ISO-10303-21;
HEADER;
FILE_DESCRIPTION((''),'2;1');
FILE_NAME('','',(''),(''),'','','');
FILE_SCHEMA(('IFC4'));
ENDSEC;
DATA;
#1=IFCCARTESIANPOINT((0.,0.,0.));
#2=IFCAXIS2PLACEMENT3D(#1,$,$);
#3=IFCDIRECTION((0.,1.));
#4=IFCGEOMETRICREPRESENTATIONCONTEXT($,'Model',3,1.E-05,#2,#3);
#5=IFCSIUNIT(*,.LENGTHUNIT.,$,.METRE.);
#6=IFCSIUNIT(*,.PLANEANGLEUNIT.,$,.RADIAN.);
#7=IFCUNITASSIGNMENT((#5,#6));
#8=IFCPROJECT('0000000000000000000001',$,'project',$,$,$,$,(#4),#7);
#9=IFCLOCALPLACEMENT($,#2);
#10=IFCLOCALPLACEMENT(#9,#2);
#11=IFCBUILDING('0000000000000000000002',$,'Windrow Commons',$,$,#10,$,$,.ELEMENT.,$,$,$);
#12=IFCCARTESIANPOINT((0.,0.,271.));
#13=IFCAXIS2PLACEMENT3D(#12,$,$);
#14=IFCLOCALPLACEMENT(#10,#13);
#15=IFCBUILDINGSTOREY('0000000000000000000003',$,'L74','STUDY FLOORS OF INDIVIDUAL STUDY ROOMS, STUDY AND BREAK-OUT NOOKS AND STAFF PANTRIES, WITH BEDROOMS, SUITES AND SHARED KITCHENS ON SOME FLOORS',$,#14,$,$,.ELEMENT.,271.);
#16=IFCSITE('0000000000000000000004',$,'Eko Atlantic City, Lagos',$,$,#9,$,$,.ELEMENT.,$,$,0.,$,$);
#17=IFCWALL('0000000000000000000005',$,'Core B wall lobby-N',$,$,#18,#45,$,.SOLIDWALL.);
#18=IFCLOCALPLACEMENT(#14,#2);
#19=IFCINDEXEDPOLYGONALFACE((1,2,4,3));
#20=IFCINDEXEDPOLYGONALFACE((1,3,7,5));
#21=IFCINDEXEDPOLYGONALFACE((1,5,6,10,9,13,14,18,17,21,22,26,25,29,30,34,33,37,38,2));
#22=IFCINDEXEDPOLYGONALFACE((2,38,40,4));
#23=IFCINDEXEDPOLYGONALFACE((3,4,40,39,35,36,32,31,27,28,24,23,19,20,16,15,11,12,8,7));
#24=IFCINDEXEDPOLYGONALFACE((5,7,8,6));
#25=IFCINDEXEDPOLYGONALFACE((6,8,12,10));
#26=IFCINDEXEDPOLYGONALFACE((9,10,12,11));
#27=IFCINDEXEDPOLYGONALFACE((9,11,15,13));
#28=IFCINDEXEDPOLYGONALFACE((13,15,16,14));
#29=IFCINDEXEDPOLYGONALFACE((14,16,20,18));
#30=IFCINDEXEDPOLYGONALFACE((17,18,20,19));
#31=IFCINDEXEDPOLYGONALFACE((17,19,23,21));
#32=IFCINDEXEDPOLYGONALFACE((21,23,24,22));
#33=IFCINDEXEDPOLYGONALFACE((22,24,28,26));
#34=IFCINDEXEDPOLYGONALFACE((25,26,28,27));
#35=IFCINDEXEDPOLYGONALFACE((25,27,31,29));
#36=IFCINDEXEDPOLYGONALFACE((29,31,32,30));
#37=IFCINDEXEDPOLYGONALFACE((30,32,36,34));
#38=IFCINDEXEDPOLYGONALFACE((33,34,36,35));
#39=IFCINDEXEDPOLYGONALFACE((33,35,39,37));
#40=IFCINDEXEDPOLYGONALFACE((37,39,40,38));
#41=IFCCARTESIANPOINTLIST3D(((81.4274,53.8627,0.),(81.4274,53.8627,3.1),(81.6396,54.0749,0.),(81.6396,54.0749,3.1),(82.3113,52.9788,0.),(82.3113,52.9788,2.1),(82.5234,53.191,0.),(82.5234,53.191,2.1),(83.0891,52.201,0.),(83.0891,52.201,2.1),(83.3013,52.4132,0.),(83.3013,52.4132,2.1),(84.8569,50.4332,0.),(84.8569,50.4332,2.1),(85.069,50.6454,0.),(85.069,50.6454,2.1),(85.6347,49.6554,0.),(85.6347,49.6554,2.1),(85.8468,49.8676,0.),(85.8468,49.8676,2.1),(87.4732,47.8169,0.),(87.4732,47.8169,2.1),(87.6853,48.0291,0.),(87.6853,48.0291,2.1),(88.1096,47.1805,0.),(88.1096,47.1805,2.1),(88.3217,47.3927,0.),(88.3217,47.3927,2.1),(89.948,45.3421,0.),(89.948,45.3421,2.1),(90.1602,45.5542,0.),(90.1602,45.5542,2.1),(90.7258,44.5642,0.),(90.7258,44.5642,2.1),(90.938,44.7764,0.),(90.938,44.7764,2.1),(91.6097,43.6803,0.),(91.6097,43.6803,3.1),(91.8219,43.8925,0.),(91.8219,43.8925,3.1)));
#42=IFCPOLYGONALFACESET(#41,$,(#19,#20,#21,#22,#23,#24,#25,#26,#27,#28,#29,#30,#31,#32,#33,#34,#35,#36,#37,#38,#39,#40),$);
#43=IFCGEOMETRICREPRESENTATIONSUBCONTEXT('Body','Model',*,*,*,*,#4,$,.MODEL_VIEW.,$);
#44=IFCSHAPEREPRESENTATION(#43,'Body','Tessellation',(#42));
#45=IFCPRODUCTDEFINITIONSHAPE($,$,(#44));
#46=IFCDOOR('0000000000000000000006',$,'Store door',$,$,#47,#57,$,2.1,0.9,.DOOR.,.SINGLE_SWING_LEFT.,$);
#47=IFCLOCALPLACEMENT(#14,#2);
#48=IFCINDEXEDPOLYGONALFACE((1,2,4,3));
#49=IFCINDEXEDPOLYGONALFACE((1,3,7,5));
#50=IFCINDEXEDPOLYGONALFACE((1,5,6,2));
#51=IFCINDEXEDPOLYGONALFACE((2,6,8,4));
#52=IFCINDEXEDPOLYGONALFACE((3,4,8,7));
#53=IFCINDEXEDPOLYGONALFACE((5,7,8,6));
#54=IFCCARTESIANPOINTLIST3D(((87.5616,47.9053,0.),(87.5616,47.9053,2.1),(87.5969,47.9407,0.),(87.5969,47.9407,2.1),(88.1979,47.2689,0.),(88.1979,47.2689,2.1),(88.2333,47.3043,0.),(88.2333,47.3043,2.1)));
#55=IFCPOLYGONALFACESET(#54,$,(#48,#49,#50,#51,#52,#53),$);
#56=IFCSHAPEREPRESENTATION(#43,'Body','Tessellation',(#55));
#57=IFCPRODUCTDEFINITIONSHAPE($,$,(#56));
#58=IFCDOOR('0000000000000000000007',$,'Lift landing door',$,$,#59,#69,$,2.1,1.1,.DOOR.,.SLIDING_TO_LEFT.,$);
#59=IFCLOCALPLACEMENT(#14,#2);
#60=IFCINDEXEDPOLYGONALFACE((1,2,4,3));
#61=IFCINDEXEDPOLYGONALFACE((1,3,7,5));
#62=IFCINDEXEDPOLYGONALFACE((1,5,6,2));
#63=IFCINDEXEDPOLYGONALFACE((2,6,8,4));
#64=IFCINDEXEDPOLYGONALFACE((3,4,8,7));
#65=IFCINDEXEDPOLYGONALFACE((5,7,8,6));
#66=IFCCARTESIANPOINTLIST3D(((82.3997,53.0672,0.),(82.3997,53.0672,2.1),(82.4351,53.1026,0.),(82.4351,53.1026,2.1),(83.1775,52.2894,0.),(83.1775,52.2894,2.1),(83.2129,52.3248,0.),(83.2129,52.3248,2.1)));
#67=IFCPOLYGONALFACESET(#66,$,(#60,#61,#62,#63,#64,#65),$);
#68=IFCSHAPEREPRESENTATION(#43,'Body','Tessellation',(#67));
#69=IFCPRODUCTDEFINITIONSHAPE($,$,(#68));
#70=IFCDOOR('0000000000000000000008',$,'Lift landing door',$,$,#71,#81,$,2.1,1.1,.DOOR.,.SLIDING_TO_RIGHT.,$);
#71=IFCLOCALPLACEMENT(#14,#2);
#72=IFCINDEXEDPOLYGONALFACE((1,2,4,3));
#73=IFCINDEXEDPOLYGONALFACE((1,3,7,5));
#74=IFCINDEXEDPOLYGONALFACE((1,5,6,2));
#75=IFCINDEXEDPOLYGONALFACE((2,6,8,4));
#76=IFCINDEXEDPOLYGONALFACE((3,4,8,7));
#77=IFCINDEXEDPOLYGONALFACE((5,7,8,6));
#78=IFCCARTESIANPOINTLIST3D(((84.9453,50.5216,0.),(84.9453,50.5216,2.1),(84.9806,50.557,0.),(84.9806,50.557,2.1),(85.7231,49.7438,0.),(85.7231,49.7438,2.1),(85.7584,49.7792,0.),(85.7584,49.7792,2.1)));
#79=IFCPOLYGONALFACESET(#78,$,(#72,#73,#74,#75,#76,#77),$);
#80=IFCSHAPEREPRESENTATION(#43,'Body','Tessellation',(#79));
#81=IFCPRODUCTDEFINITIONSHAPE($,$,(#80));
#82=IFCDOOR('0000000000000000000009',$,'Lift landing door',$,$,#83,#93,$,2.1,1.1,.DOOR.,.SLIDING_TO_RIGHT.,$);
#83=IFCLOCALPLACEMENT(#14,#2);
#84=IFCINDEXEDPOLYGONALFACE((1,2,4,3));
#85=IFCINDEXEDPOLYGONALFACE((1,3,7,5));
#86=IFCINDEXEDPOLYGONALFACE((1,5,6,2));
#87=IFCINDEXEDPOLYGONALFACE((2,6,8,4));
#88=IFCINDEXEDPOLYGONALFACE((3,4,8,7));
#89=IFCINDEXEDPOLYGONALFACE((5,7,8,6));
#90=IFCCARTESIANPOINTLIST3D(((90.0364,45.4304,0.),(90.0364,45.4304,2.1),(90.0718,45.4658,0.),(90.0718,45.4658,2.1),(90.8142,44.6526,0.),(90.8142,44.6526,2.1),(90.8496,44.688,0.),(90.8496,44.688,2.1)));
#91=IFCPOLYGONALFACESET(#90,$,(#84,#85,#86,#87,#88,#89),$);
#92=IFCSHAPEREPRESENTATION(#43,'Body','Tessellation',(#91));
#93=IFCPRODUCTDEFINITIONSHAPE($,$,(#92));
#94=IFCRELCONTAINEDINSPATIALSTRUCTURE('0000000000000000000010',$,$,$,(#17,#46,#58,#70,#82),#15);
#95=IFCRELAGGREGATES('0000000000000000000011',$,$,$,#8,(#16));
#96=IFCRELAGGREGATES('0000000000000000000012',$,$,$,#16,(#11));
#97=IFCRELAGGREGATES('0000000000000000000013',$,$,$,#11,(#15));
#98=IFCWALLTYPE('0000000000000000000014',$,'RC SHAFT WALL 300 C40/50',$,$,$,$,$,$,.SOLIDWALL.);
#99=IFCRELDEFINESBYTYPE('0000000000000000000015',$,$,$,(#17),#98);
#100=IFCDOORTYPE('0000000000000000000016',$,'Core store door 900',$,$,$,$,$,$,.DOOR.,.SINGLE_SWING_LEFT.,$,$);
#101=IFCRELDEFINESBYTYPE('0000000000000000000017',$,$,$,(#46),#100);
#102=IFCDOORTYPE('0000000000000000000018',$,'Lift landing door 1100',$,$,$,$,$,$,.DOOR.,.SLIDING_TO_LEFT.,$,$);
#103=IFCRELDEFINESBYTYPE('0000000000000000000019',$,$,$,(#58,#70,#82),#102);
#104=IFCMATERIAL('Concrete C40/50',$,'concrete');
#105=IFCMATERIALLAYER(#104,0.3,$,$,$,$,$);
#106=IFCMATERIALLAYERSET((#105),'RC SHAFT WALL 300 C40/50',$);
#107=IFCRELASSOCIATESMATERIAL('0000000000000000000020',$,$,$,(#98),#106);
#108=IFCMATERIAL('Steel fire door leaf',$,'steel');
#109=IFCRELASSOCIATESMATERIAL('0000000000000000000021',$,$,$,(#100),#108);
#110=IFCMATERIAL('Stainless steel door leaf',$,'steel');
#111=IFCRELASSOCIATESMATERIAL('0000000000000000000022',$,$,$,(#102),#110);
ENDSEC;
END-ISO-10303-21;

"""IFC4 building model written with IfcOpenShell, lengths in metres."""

from ifc_helpers import new_model, si_unit, direction, frame, frame_2d, origin, place, context, subcontext, project, spatial, rectangle, extrude, material, layer, layer_set, type_object, element, fill, save


model = new_model("IFC4")

# Units and contexts
model_context = context("Model", 3, precision=1e-05, world=origin(), true_north=direction((0.0, 1.0)))
body_context = subcontext(model_context, "Body", "Model", "MODEL_VIEW")
ifc_project = project(units=[si_unit("LENGTHUNIT", "METRE"), si_unit("PLANEANGLEUNIT", "RADIAN")], contexts=[model_context])

# Site, building, storey
site_placement = place(None, origin())
site = spatial("IfcSite", under=ifc_project, at=site_placement, Name="Eko Atlantic City, Lagos", CompositionType="ELEMENT", RefElevation=0.0)
building_placement = place(site_placement, origin())
building = spatial("IfcBuilding", under=site, at=building_placement, Name="Windrow Commons", CompositionType="ELEMENT")
storey_placement = place(building_placement, frame((0.0, 0.0, 271.0)))
storey = spatial("IfcBuildingStorey", under=building, at=storey_placement, Name="L74", Description="STUDY FLOORS OF INDIVIDUAL STUDY ROOMS, STUDY AND BREAK-OUT NOOKS AND STAFF PANTRIES, WITH BEDROOMS, SUITES AND SHARED KITCHENS ON SOME FLOORS", CompositionType="ELEMENT", Elevation=271.0)

# Wall, openings, doors
ifc_material_1 = material(Name="Concrete C40/50", Category="concrete")
ifc_layer_1 = layer(ifc_material_1, 0.3)
ifc_layer_set_1 = layer_set([ifc_layer_1], Name="RC SHAFT WALL 300 C40/50")
wall_type_1 = type_object("IfcWallType", Name="RC SHAFT WALL 300 C40/50", PredefinedType="SOLIDWALL", material=ifc_layer_set_1)
wall_1_placement = place(storey_placement, frame((81.5335, 53.9688, 0.0), z_axis=(0.0, 0.0, 1.0), x_axis=(0.707103, -0.70711, 0.0)))
wall_1 = element("IfcWall", 1, at=wall_1_placement, inside=storey, type_object=wall_type_1, Name="Core B wall lobby-N", PredefinedType="SOLIDWALL", context=body_context, shape_type="SweptSolid", body=[
    extrude(rectangle(XDim=14.4, YDim=0.3, at=frame_2d((7.2, 0.0))), origin(), (0.0, 0.0, 1.0), 3.1),
])
opening_1_placement = place(wall_1_placement, frame((8.55, 0.0, 0.0)))
opening_1 = element("IfcOpeningElement", 2, at=opening_1_placement, cuts=wall_1, PredefinedType="OPENING", context=body_context, shape_type="SweptSolid", body=[
    extrude(rectangle(XDim=0.9, YDim=2.1, at=frame_2d((0.45, 1.05))), frame((0.0, 0.16, 0.0), z_axis=(0.0, -1.0, 0.0), x_axis=(1.0, 0.0, 0.0)), (0.0, 0.0, 1.0), 0.32),
])
opening_2_placement = place(wall_1_placement, frame((1.25, 0.0, 0.0)))
opening_2 = element("IfcOpeningElement", 3, at=opening_2_placement, cuts=wall_1, PredefinedType="OPENING", context=body_context, shape_type="SweptSolid", body=[
    extrude(rectangle(XDim=1.1, YDim=2.1, at=frame_2d((0.55, 1.05))), frame((0.0, 0.16, 0.0), z_axis=(0.0, -1.0, 0.0), x_axis=(1.0, 0.0, 0.0)), (0.0, 0.0, 1.0), 0.32),
])
opening_3_placement = place(wall_1_placement, frame((4.85, 0.0, 0.0)))
opening_3 = element("IfcOpeningElement", 4, at=opening_3_placement, cuts=wall_1, PredefinedType="OPENING", context=body_context, shape_type="SweptSolid", body=[
    extrude(rectangle(XDim=1.1, YDim=2.1, at=frame_2d((0.55, 1.05))), frame((0.0, 0.16, 0.0), z_axis=(0.0, -1.0, 0.0), x_axis=(1.0, 0.0, 0.0)), (0.0, 0.0, 1.0), 0.32),
])
opening_4_placement = place(wall_1_placement, frame((12.05, 0.0, 0.0)))
opening_4 = element("IfcOpeningElement", 5, at=opening_4_placement, cuts=wall_1, PredefinedType="OPENING", context=body_context, shape_type="SweptSolid", body=[
    extrude(rectangle(XDim=1.1, YDim=2.1, at=frame_2d((0.55, 1.05))), frame((0.0, 0.16, 0.0), z_axis=(0.0, -1.0, 0.0), x_axis=(1.0, 0.0, 0.0)), (0.0, 0.0, 1.0), 0.32),
])
ifc_material_2 = material(Name="Steel fire door leaf", Category="steel")
door_type_1 = type_object("IfcDoorType", Name="Core store door 900", OperationType="SINGLE_SWING_LEFT", PredefinedType="DOOR", material=ifc_material_2)
door_1_placement = place(opening_1_placement, origin())
door_1 = element("IfcDoor", 6, at=door_1_placement, inside=storey, type_object=door_type_1, Name="Store door", OperationType="SINGLE_SWING_LEFT", OverallHeight=2.1, OverallWidth=0.9, PredefinedType="DOOR", context=body_context, shape_type="SweptSolid", body=[
    extrude(rectangle(XDim=0.9, YDim=2.1, at=frame_2d((0.45, 1.05))), frame((0.0, 0.025, 0.0), z_axis=(0.0, -1.0, 0.0), x_axis=(1.0, 0.0, 0.0)), (0.0, 0.0, 1.0), 0.05),
])
fill(opening_1, door_1)
ifc_material_3 = material(Name="Stainless steel door leaf", Category="steel")
door_type_2 = type_object("IfcDoorType", Name="Lift landing door 1100", OperationType="SLIDING_TO_LEFT", PredefinedType="DOOR", material=ifc_material_3)
door_2_placement = place(opening_2_placement, origin())
door_2 = element("IfcDoor", 7, at=door_2_placement, inside=storey, type_object=door_type_2, Name="Lift landing door", OperationType="SLIDING_TO_LEFT", OverallHeight=2.1, OverallWidth=1.1, PredefinedType="DOOR", context=body_context, shape_type="SweptSolid", body=[
    extrude(rectangle(XDim=1.1, YDim=2.1, at=frame_2d((0.55, 1.05))), frame((0.0, 0.025, 0.0), z_axis=(0.0, -1.0, 0.0), x_axis=(1.0, 0.0, 0.0)), (0.0, 0.0, 1.0), 0.05),
])
fill(opening_2, door_2)
door_3_placement = place(opening_3_placement, origin())
door_3 = element("IfcDoor", 8, at=door_3_placement, inside=storey, type_object=door_type_2, Name="Lift landing door", OperationType="SLIDING_TO_RIGHT", OverallHeight=2.1, OverallWidth=1.1, PredefinedType="DOOR", context=body_context, shape_type="SweptSolid", body=[
    extrude(rectangle(XDim=1.1, YDim=2.1, at=frame_2d((0.55, 1.05))), frame((0.0, 0.025, 0.0), z_axis=(0.0, -1.0, 0.0), x_axis=(1.0, 0.0, 0.0)), (0.0, 0.0, 1.0), 0.05),
])
fill(opening_3, door_3)
door_4_placement = place(opening_4_placement, origin())
door_4 = element("IfcDoor", 9, at=door_4_placement, inside=storey, type_object=door_type_2, Name="Lift landing door", OperationType="SLIDING_TO_RIGHT", OverallHeight=2.1, OverallWidth=1.1, PredefinedType="DOOR", context=body_context, shape_type="SweptSolid", body=[
    extrude(rectangle(XDim=1.1, YDim=2.1, at=frame_2d((0.55, 1.05))), frame((0.0, 0.025, 0.0), z_axis=(0.0, -1.0, 0.0), x_axis=(1.0, 0.0, 0.0)), (0.0, 0.0, 1.0), 0.05),
])
fill(opening_4, door_4)

save(model, "model.ifc")
